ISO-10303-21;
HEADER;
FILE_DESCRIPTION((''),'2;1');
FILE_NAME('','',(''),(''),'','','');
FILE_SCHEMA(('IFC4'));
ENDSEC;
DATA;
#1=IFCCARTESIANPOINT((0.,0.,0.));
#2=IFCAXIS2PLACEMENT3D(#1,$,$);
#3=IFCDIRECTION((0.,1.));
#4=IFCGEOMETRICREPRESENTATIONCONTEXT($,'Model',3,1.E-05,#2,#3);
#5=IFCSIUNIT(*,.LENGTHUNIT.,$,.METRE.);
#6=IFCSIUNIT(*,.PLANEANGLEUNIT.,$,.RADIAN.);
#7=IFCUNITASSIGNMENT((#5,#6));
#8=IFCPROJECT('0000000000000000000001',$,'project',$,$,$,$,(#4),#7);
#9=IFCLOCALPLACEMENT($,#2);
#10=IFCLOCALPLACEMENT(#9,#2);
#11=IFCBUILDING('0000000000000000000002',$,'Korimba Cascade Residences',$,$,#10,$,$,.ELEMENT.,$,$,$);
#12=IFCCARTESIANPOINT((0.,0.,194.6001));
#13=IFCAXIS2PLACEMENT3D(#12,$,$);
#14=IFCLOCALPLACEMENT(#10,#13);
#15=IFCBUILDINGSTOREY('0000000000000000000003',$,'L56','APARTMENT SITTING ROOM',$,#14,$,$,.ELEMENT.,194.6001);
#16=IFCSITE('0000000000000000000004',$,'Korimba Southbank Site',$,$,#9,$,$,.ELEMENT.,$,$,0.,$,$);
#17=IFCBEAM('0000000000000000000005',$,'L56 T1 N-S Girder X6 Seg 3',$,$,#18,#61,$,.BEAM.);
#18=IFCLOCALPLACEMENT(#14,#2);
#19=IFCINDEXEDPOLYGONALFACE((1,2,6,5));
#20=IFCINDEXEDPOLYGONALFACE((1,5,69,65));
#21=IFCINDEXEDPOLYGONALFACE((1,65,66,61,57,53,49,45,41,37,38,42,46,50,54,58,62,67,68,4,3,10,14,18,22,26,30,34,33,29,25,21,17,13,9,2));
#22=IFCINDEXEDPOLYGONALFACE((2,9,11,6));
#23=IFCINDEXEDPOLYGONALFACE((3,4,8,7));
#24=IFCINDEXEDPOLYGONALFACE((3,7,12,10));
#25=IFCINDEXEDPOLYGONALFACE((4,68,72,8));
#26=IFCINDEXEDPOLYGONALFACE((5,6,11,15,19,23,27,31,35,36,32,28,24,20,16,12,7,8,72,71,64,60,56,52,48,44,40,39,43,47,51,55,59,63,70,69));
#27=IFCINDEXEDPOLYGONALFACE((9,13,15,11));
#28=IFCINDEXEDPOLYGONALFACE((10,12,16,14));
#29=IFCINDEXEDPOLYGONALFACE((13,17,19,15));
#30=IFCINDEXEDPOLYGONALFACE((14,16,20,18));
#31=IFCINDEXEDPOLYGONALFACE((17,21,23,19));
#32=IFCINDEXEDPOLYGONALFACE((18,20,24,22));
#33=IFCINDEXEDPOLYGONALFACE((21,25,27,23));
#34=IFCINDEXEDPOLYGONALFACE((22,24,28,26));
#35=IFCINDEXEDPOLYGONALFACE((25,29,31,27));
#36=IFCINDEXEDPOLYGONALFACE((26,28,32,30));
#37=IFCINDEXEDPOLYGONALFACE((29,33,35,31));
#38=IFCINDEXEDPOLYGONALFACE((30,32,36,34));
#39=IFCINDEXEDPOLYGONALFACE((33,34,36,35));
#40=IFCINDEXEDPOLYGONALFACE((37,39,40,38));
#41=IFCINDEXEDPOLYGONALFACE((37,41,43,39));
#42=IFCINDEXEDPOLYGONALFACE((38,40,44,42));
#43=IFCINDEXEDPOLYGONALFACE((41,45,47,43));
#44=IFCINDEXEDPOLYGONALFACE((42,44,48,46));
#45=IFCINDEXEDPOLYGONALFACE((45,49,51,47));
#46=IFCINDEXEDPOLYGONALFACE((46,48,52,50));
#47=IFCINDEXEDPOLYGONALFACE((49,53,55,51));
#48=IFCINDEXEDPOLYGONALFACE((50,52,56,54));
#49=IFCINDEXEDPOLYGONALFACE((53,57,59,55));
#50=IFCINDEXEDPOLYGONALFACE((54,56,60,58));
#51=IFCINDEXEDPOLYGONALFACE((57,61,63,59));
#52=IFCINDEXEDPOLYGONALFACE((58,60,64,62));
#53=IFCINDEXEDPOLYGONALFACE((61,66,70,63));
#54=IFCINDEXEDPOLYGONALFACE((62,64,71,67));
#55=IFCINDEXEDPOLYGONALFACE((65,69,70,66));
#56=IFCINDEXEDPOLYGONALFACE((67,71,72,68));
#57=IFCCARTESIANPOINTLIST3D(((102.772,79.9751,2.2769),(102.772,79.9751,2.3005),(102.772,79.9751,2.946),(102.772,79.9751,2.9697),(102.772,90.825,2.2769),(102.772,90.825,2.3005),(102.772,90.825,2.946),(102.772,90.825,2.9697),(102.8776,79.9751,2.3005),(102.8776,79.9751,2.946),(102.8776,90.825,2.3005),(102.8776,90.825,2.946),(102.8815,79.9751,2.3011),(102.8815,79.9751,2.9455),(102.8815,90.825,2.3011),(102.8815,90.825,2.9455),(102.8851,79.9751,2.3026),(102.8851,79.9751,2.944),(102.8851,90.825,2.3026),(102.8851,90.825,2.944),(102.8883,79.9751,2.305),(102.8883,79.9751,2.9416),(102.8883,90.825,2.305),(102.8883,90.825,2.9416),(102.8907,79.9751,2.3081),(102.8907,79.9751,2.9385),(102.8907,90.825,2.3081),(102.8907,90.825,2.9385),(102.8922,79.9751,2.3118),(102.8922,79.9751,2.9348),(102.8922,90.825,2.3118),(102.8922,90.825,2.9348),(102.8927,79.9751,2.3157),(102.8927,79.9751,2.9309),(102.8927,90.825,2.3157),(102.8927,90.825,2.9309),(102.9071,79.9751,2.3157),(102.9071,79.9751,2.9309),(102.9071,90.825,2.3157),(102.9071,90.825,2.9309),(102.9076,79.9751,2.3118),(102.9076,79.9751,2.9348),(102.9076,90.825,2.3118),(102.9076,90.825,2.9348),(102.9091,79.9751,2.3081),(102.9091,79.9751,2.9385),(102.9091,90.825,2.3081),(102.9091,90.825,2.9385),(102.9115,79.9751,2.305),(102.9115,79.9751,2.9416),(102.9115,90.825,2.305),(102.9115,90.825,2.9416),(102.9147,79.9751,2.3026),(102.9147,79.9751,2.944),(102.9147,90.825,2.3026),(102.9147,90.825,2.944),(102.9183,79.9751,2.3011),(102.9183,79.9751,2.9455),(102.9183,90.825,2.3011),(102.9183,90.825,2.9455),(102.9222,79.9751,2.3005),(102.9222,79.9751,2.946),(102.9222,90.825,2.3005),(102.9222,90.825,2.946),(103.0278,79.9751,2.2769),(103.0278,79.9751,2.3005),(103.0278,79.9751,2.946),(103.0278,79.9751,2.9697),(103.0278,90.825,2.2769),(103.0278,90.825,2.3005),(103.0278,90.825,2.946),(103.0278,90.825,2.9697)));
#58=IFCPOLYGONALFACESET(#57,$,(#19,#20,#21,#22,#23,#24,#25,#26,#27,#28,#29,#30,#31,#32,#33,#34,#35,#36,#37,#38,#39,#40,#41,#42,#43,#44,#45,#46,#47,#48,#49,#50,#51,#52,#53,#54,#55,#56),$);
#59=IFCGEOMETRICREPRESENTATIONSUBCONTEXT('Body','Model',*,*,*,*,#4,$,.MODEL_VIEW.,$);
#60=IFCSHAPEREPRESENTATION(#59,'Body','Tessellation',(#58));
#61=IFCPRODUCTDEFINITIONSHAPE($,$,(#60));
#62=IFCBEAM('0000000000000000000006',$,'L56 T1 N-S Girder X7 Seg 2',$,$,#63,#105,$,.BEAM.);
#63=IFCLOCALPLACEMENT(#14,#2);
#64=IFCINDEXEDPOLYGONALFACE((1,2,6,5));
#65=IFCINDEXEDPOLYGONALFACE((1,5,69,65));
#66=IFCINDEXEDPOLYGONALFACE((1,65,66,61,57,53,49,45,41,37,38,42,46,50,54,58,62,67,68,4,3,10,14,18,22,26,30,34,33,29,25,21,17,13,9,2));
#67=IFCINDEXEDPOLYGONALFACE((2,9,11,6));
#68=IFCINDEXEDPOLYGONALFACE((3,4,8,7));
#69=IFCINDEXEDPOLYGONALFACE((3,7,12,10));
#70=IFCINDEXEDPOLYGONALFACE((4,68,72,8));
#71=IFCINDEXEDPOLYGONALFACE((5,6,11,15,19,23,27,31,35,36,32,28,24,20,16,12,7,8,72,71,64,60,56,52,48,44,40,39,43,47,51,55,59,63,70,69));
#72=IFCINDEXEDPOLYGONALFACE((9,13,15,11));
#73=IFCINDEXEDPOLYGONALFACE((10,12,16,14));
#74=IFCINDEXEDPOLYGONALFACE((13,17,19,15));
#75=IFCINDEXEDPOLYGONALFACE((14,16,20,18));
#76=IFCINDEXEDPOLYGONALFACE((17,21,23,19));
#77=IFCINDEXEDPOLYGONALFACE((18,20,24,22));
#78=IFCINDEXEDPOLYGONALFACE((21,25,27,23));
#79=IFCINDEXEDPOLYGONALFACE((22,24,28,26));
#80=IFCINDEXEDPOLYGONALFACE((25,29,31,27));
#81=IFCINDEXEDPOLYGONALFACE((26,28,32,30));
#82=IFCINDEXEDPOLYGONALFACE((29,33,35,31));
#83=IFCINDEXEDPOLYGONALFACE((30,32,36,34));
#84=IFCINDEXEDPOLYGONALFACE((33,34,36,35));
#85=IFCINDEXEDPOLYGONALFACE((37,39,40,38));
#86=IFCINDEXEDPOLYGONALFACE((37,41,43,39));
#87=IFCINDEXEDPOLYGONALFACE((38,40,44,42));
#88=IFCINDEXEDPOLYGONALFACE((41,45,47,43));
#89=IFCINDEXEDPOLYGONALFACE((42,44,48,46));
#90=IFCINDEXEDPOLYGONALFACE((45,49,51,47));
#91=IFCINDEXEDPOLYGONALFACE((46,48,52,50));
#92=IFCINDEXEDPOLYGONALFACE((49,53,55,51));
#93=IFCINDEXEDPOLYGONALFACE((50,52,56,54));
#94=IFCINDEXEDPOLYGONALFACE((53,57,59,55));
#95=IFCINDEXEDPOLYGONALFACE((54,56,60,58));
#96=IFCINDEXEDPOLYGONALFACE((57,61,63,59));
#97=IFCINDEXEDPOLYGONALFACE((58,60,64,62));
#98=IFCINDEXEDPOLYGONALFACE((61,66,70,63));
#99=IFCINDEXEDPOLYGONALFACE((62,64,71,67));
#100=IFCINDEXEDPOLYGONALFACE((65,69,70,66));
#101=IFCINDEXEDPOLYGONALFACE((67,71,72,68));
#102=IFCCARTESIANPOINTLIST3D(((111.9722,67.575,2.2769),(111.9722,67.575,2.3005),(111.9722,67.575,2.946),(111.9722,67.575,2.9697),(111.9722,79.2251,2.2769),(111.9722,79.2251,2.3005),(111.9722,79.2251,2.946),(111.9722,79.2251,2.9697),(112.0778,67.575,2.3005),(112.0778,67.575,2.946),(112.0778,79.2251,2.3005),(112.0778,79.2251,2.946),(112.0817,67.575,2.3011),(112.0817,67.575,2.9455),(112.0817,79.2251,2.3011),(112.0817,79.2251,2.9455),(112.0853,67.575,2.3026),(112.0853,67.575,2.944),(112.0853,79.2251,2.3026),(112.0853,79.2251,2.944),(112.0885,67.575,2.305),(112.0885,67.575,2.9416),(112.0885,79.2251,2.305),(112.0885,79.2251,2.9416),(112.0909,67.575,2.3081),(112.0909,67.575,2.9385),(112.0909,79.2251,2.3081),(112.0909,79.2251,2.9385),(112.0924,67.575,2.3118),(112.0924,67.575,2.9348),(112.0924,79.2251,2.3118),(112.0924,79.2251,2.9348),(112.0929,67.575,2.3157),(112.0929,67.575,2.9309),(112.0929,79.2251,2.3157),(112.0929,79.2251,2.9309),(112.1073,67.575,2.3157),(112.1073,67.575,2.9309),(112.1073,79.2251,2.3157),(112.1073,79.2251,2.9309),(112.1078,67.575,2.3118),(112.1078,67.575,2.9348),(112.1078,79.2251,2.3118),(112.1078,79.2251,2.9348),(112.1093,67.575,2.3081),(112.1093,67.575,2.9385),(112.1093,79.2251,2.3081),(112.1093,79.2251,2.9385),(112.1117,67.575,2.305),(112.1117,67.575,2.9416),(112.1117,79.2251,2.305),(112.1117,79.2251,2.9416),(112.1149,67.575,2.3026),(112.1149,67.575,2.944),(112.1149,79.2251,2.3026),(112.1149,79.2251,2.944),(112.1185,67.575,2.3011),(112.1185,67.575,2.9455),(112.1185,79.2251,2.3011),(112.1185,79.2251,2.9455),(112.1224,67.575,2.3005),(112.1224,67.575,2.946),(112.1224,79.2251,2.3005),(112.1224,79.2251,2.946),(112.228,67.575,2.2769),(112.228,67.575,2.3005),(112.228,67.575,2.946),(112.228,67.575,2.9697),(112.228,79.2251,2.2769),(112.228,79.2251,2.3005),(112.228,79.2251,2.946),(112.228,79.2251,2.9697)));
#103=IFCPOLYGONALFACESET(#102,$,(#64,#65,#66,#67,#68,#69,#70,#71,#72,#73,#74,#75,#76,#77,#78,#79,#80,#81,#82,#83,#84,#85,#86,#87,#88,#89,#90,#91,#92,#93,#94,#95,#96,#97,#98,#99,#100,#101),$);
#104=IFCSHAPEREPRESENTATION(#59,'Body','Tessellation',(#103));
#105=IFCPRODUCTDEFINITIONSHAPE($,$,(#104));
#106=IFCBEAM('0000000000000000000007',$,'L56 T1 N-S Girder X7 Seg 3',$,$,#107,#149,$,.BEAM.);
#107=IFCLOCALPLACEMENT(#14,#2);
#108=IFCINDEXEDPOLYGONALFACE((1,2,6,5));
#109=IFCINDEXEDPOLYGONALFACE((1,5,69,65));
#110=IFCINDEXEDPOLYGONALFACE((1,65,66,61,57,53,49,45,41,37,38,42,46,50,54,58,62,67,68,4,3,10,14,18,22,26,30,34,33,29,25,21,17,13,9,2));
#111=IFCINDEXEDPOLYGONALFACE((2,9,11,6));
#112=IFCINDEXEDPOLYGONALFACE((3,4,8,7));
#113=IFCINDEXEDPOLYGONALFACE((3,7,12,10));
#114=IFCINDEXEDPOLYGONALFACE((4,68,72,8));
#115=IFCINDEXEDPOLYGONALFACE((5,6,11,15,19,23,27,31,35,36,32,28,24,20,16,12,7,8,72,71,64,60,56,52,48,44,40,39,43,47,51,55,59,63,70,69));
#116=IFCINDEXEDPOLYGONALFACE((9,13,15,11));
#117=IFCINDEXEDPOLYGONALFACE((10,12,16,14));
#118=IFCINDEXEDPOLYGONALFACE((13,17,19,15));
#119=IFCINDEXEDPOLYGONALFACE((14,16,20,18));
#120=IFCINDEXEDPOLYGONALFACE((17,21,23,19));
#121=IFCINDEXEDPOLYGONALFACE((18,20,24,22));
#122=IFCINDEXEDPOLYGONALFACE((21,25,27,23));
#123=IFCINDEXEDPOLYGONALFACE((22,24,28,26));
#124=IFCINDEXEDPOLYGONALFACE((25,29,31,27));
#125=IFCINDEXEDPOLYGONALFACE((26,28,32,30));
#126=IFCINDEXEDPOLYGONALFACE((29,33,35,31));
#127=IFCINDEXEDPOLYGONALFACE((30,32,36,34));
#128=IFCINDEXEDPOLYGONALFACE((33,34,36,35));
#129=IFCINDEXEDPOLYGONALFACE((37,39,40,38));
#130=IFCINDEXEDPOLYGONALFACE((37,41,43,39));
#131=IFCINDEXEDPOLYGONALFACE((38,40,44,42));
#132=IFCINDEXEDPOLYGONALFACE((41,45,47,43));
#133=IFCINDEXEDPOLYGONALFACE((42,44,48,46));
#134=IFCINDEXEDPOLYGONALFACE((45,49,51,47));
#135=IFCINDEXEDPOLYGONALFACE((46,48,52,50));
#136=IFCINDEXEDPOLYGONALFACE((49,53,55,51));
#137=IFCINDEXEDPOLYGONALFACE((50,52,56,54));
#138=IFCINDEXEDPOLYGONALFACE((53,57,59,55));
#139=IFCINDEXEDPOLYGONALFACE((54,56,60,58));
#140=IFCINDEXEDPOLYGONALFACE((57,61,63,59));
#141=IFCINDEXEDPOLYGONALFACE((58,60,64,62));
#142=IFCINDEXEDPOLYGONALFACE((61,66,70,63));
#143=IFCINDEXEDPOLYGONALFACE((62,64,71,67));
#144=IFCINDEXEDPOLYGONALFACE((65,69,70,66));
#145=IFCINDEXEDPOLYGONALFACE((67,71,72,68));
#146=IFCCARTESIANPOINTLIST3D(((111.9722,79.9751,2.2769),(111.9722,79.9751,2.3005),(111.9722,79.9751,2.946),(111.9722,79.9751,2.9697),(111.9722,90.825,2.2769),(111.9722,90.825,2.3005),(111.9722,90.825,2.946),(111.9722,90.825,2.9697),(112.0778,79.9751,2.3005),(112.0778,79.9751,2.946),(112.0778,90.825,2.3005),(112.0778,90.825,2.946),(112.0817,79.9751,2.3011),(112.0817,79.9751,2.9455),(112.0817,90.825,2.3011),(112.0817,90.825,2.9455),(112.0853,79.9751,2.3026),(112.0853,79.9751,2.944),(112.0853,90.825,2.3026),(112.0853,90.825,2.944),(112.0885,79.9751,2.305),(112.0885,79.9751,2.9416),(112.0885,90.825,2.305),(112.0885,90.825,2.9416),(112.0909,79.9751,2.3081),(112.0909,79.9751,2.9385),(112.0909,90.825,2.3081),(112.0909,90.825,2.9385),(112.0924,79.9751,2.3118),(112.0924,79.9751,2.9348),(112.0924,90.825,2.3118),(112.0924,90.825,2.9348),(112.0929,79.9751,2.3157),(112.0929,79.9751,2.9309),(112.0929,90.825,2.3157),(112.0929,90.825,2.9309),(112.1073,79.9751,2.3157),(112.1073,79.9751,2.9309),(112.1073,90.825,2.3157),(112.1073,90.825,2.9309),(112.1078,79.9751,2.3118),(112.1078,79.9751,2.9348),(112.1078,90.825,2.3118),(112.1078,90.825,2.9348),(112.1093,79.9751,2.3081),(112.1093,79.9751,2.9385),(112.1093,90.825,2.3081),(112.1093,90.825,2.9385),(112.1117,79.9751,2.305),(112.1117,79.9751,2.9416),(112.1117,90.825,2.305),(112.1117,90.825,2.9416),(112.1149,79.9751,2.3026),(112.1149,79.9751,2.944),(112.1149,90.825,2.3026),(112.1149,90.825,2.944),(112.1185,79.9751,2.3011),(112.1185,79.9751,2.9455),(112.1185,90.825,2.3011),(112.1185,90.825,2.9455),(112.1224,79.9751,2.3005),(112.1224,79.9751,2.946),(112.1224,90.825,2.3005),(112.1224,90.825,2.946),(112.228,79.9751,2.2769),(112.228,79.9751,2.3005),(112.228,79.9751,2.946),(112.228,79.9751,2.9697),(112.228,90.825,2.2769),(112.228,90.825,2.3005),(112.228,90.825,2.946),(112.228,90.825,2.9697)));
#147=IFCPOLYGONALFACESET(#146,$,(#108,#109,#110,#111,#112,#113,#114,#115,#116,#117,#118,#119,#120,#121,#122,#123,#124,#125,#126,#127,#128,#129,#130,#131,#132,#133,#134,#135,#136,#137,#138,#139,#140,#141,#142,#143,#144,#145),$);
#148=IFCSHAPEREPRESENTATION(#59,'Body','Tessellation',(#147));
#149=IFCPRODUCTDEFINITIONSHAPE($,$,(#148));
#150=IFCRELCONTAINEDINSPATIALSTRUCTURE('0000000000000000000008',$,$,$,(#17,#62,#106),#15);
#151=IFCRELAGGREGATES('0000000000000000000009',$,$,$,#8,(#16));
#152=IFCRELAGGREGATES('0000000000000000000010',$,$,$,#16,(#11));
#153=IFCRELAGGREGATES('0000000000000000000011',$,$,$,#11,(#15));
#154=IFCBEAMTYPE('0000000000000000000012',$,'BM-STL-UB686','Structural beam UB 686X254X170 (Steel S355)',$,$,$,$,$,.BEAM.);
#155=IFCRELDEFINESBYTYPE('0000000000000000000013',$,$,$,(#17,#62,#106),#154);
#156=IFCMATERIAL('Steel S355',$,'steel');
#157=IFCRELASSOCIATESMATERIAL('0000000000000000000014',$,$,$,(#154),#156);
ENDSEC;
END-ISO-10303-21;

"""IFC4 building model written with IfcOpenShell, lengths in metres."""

from ifc_helpers import new_model, si_unit, direction, frame, origin, origin_2d, place, context, subcontext, project, spatial, i_section, extrude, material, material_profile, profile_set, type_object, element, save


model = new_model("IFC4")

# Units and contexts
model_context = context("Model", 3, precision=1e-05, world=origin(), true_north=direction((0.0, 1.0)))
body_context = subcontext(model_context, "Body", "Model", "MODEL_VIEW")
ifc_project = project(units=[si_unit("LENGTHUNIT", "METRE"), si_unit("PLANEANGLEUNIT", "RADIAN")], contexts=[model_context])

# Site, building, storey
site_placement = place(None, origin())
site = spatial("IfcSite", under=ifc_project, at=site_placement, Name="Korimba Southbank Site", CompositionType="ELEMENT", RefElevation=0.0)
building_placement = place(site_placement, origin())
building = spatial("IfcBuilding", under=site, at=building_placement, Name="Korimba Cascade Residences", CompositionType="ELEMENT")
storey_placement = place(building_placement, frame((0.0, 0.0, 194.6001)))
storey = spatial("IfcBuildingStorey", under=building, at=storey_placement, Name="L56", Description="APARTMENT SITTING ROOM", CompositionType="ELEMENT", Elevation=194.6001)

# Beams
ifc_material_1 = material(Name="Steel S355", Category="steel")
ifc_material_profile_1 = material_profile(ifc_material_1, i_section(OverallWidth=0.2559, OverallDepth=0.6929, WebThickness=0.0144, FlangeThickness=0.0237, FilletRadius=0.0151, at=origin_2d()), Name="Steel S355")
ifc_profile_set_1 = profile_set([ifc_material_profile_1], Name="Steel S355")
beam_type_1 = type_object("IfcBeamType", Name="BM-STL-UB686", Description="Structural beam UB 686X254X170 (Steel S355)", PredefinedType="BEAM", material=ifc_profile_set_1)
beam_1_placement = place(storey_placement, frame((102.8999, 79.9751, 2.6233), z_axis=(0.0, 1.0, 0.0), x_axis=(-1.0, 0.0, 0.0)))
element("IfcBeam", 1, at=beam_1_placement, inside=storey, type_object=beam_type_1, Name="L56 T1 N-S Girder X6 Seg 3", PredefinedType="BEAM", context=body_context, shape_type="SweptSolid", body=[
    extrude(i_section(OverallWidth=0.2559, OverallDepth=0.6929, WebThickness=0.0144, FlangeThickness=0.0237, FilletRadius=0.0151, at=origin_2d()), origin(), (0.0, 0.0, 1.0), 10.8499),
])
beam_2_placement = place(storey_placement, frame((112.1001, 67.575, 2.6233), z_axis=(0.0, 1.0, 0.0), x_axis=(-1.0, 0.0, 0.0)))
element("IfcBeam", 2, at=beam_2_placement, inside=storey, type_object=beam_type_1, Name="L56 T1 N-S Girder X7 Seg 2", PredefinedType="BEAM", context=body_context, shape_type="SweptSolid", body=[
    extrude(i_section(OverallWidth=0.2559, OverallDepth=0.6929, WebThickness=0.0144, FlangeThickness=0.0237, FilletRadius=0.0151, at=origin_2d()), origin(), (0.0, 0.0, 1.0), 11.6501),
])
beam_3_placement = place(storey_placement, frame((112.1001, 79.9751, 2.6233), z_axis=(0.0, 1.0, 0.0), x_axis=(-1.0, 0.0, 0.0)))
element("IfcBeam", 3, at=beam_3_placement, inside=storey, type_object=beam_type_1, Name="L56 T1 N-S Girder X7 Seg 3", PredefinedType="BEAM", context=body_context, shape_type="SweptSolid", body=[
    extrude(i_section(OverallWidth=0.2559, OverallDepth=0.6929, WebThickness=0.0144, FlangeThickness=0.0237, FilletRadius=0.0151, at=origin_2d()), origin(), (0.0, 0.0, 1.0), 10.8499),
])

save(model, "model.ifc")
